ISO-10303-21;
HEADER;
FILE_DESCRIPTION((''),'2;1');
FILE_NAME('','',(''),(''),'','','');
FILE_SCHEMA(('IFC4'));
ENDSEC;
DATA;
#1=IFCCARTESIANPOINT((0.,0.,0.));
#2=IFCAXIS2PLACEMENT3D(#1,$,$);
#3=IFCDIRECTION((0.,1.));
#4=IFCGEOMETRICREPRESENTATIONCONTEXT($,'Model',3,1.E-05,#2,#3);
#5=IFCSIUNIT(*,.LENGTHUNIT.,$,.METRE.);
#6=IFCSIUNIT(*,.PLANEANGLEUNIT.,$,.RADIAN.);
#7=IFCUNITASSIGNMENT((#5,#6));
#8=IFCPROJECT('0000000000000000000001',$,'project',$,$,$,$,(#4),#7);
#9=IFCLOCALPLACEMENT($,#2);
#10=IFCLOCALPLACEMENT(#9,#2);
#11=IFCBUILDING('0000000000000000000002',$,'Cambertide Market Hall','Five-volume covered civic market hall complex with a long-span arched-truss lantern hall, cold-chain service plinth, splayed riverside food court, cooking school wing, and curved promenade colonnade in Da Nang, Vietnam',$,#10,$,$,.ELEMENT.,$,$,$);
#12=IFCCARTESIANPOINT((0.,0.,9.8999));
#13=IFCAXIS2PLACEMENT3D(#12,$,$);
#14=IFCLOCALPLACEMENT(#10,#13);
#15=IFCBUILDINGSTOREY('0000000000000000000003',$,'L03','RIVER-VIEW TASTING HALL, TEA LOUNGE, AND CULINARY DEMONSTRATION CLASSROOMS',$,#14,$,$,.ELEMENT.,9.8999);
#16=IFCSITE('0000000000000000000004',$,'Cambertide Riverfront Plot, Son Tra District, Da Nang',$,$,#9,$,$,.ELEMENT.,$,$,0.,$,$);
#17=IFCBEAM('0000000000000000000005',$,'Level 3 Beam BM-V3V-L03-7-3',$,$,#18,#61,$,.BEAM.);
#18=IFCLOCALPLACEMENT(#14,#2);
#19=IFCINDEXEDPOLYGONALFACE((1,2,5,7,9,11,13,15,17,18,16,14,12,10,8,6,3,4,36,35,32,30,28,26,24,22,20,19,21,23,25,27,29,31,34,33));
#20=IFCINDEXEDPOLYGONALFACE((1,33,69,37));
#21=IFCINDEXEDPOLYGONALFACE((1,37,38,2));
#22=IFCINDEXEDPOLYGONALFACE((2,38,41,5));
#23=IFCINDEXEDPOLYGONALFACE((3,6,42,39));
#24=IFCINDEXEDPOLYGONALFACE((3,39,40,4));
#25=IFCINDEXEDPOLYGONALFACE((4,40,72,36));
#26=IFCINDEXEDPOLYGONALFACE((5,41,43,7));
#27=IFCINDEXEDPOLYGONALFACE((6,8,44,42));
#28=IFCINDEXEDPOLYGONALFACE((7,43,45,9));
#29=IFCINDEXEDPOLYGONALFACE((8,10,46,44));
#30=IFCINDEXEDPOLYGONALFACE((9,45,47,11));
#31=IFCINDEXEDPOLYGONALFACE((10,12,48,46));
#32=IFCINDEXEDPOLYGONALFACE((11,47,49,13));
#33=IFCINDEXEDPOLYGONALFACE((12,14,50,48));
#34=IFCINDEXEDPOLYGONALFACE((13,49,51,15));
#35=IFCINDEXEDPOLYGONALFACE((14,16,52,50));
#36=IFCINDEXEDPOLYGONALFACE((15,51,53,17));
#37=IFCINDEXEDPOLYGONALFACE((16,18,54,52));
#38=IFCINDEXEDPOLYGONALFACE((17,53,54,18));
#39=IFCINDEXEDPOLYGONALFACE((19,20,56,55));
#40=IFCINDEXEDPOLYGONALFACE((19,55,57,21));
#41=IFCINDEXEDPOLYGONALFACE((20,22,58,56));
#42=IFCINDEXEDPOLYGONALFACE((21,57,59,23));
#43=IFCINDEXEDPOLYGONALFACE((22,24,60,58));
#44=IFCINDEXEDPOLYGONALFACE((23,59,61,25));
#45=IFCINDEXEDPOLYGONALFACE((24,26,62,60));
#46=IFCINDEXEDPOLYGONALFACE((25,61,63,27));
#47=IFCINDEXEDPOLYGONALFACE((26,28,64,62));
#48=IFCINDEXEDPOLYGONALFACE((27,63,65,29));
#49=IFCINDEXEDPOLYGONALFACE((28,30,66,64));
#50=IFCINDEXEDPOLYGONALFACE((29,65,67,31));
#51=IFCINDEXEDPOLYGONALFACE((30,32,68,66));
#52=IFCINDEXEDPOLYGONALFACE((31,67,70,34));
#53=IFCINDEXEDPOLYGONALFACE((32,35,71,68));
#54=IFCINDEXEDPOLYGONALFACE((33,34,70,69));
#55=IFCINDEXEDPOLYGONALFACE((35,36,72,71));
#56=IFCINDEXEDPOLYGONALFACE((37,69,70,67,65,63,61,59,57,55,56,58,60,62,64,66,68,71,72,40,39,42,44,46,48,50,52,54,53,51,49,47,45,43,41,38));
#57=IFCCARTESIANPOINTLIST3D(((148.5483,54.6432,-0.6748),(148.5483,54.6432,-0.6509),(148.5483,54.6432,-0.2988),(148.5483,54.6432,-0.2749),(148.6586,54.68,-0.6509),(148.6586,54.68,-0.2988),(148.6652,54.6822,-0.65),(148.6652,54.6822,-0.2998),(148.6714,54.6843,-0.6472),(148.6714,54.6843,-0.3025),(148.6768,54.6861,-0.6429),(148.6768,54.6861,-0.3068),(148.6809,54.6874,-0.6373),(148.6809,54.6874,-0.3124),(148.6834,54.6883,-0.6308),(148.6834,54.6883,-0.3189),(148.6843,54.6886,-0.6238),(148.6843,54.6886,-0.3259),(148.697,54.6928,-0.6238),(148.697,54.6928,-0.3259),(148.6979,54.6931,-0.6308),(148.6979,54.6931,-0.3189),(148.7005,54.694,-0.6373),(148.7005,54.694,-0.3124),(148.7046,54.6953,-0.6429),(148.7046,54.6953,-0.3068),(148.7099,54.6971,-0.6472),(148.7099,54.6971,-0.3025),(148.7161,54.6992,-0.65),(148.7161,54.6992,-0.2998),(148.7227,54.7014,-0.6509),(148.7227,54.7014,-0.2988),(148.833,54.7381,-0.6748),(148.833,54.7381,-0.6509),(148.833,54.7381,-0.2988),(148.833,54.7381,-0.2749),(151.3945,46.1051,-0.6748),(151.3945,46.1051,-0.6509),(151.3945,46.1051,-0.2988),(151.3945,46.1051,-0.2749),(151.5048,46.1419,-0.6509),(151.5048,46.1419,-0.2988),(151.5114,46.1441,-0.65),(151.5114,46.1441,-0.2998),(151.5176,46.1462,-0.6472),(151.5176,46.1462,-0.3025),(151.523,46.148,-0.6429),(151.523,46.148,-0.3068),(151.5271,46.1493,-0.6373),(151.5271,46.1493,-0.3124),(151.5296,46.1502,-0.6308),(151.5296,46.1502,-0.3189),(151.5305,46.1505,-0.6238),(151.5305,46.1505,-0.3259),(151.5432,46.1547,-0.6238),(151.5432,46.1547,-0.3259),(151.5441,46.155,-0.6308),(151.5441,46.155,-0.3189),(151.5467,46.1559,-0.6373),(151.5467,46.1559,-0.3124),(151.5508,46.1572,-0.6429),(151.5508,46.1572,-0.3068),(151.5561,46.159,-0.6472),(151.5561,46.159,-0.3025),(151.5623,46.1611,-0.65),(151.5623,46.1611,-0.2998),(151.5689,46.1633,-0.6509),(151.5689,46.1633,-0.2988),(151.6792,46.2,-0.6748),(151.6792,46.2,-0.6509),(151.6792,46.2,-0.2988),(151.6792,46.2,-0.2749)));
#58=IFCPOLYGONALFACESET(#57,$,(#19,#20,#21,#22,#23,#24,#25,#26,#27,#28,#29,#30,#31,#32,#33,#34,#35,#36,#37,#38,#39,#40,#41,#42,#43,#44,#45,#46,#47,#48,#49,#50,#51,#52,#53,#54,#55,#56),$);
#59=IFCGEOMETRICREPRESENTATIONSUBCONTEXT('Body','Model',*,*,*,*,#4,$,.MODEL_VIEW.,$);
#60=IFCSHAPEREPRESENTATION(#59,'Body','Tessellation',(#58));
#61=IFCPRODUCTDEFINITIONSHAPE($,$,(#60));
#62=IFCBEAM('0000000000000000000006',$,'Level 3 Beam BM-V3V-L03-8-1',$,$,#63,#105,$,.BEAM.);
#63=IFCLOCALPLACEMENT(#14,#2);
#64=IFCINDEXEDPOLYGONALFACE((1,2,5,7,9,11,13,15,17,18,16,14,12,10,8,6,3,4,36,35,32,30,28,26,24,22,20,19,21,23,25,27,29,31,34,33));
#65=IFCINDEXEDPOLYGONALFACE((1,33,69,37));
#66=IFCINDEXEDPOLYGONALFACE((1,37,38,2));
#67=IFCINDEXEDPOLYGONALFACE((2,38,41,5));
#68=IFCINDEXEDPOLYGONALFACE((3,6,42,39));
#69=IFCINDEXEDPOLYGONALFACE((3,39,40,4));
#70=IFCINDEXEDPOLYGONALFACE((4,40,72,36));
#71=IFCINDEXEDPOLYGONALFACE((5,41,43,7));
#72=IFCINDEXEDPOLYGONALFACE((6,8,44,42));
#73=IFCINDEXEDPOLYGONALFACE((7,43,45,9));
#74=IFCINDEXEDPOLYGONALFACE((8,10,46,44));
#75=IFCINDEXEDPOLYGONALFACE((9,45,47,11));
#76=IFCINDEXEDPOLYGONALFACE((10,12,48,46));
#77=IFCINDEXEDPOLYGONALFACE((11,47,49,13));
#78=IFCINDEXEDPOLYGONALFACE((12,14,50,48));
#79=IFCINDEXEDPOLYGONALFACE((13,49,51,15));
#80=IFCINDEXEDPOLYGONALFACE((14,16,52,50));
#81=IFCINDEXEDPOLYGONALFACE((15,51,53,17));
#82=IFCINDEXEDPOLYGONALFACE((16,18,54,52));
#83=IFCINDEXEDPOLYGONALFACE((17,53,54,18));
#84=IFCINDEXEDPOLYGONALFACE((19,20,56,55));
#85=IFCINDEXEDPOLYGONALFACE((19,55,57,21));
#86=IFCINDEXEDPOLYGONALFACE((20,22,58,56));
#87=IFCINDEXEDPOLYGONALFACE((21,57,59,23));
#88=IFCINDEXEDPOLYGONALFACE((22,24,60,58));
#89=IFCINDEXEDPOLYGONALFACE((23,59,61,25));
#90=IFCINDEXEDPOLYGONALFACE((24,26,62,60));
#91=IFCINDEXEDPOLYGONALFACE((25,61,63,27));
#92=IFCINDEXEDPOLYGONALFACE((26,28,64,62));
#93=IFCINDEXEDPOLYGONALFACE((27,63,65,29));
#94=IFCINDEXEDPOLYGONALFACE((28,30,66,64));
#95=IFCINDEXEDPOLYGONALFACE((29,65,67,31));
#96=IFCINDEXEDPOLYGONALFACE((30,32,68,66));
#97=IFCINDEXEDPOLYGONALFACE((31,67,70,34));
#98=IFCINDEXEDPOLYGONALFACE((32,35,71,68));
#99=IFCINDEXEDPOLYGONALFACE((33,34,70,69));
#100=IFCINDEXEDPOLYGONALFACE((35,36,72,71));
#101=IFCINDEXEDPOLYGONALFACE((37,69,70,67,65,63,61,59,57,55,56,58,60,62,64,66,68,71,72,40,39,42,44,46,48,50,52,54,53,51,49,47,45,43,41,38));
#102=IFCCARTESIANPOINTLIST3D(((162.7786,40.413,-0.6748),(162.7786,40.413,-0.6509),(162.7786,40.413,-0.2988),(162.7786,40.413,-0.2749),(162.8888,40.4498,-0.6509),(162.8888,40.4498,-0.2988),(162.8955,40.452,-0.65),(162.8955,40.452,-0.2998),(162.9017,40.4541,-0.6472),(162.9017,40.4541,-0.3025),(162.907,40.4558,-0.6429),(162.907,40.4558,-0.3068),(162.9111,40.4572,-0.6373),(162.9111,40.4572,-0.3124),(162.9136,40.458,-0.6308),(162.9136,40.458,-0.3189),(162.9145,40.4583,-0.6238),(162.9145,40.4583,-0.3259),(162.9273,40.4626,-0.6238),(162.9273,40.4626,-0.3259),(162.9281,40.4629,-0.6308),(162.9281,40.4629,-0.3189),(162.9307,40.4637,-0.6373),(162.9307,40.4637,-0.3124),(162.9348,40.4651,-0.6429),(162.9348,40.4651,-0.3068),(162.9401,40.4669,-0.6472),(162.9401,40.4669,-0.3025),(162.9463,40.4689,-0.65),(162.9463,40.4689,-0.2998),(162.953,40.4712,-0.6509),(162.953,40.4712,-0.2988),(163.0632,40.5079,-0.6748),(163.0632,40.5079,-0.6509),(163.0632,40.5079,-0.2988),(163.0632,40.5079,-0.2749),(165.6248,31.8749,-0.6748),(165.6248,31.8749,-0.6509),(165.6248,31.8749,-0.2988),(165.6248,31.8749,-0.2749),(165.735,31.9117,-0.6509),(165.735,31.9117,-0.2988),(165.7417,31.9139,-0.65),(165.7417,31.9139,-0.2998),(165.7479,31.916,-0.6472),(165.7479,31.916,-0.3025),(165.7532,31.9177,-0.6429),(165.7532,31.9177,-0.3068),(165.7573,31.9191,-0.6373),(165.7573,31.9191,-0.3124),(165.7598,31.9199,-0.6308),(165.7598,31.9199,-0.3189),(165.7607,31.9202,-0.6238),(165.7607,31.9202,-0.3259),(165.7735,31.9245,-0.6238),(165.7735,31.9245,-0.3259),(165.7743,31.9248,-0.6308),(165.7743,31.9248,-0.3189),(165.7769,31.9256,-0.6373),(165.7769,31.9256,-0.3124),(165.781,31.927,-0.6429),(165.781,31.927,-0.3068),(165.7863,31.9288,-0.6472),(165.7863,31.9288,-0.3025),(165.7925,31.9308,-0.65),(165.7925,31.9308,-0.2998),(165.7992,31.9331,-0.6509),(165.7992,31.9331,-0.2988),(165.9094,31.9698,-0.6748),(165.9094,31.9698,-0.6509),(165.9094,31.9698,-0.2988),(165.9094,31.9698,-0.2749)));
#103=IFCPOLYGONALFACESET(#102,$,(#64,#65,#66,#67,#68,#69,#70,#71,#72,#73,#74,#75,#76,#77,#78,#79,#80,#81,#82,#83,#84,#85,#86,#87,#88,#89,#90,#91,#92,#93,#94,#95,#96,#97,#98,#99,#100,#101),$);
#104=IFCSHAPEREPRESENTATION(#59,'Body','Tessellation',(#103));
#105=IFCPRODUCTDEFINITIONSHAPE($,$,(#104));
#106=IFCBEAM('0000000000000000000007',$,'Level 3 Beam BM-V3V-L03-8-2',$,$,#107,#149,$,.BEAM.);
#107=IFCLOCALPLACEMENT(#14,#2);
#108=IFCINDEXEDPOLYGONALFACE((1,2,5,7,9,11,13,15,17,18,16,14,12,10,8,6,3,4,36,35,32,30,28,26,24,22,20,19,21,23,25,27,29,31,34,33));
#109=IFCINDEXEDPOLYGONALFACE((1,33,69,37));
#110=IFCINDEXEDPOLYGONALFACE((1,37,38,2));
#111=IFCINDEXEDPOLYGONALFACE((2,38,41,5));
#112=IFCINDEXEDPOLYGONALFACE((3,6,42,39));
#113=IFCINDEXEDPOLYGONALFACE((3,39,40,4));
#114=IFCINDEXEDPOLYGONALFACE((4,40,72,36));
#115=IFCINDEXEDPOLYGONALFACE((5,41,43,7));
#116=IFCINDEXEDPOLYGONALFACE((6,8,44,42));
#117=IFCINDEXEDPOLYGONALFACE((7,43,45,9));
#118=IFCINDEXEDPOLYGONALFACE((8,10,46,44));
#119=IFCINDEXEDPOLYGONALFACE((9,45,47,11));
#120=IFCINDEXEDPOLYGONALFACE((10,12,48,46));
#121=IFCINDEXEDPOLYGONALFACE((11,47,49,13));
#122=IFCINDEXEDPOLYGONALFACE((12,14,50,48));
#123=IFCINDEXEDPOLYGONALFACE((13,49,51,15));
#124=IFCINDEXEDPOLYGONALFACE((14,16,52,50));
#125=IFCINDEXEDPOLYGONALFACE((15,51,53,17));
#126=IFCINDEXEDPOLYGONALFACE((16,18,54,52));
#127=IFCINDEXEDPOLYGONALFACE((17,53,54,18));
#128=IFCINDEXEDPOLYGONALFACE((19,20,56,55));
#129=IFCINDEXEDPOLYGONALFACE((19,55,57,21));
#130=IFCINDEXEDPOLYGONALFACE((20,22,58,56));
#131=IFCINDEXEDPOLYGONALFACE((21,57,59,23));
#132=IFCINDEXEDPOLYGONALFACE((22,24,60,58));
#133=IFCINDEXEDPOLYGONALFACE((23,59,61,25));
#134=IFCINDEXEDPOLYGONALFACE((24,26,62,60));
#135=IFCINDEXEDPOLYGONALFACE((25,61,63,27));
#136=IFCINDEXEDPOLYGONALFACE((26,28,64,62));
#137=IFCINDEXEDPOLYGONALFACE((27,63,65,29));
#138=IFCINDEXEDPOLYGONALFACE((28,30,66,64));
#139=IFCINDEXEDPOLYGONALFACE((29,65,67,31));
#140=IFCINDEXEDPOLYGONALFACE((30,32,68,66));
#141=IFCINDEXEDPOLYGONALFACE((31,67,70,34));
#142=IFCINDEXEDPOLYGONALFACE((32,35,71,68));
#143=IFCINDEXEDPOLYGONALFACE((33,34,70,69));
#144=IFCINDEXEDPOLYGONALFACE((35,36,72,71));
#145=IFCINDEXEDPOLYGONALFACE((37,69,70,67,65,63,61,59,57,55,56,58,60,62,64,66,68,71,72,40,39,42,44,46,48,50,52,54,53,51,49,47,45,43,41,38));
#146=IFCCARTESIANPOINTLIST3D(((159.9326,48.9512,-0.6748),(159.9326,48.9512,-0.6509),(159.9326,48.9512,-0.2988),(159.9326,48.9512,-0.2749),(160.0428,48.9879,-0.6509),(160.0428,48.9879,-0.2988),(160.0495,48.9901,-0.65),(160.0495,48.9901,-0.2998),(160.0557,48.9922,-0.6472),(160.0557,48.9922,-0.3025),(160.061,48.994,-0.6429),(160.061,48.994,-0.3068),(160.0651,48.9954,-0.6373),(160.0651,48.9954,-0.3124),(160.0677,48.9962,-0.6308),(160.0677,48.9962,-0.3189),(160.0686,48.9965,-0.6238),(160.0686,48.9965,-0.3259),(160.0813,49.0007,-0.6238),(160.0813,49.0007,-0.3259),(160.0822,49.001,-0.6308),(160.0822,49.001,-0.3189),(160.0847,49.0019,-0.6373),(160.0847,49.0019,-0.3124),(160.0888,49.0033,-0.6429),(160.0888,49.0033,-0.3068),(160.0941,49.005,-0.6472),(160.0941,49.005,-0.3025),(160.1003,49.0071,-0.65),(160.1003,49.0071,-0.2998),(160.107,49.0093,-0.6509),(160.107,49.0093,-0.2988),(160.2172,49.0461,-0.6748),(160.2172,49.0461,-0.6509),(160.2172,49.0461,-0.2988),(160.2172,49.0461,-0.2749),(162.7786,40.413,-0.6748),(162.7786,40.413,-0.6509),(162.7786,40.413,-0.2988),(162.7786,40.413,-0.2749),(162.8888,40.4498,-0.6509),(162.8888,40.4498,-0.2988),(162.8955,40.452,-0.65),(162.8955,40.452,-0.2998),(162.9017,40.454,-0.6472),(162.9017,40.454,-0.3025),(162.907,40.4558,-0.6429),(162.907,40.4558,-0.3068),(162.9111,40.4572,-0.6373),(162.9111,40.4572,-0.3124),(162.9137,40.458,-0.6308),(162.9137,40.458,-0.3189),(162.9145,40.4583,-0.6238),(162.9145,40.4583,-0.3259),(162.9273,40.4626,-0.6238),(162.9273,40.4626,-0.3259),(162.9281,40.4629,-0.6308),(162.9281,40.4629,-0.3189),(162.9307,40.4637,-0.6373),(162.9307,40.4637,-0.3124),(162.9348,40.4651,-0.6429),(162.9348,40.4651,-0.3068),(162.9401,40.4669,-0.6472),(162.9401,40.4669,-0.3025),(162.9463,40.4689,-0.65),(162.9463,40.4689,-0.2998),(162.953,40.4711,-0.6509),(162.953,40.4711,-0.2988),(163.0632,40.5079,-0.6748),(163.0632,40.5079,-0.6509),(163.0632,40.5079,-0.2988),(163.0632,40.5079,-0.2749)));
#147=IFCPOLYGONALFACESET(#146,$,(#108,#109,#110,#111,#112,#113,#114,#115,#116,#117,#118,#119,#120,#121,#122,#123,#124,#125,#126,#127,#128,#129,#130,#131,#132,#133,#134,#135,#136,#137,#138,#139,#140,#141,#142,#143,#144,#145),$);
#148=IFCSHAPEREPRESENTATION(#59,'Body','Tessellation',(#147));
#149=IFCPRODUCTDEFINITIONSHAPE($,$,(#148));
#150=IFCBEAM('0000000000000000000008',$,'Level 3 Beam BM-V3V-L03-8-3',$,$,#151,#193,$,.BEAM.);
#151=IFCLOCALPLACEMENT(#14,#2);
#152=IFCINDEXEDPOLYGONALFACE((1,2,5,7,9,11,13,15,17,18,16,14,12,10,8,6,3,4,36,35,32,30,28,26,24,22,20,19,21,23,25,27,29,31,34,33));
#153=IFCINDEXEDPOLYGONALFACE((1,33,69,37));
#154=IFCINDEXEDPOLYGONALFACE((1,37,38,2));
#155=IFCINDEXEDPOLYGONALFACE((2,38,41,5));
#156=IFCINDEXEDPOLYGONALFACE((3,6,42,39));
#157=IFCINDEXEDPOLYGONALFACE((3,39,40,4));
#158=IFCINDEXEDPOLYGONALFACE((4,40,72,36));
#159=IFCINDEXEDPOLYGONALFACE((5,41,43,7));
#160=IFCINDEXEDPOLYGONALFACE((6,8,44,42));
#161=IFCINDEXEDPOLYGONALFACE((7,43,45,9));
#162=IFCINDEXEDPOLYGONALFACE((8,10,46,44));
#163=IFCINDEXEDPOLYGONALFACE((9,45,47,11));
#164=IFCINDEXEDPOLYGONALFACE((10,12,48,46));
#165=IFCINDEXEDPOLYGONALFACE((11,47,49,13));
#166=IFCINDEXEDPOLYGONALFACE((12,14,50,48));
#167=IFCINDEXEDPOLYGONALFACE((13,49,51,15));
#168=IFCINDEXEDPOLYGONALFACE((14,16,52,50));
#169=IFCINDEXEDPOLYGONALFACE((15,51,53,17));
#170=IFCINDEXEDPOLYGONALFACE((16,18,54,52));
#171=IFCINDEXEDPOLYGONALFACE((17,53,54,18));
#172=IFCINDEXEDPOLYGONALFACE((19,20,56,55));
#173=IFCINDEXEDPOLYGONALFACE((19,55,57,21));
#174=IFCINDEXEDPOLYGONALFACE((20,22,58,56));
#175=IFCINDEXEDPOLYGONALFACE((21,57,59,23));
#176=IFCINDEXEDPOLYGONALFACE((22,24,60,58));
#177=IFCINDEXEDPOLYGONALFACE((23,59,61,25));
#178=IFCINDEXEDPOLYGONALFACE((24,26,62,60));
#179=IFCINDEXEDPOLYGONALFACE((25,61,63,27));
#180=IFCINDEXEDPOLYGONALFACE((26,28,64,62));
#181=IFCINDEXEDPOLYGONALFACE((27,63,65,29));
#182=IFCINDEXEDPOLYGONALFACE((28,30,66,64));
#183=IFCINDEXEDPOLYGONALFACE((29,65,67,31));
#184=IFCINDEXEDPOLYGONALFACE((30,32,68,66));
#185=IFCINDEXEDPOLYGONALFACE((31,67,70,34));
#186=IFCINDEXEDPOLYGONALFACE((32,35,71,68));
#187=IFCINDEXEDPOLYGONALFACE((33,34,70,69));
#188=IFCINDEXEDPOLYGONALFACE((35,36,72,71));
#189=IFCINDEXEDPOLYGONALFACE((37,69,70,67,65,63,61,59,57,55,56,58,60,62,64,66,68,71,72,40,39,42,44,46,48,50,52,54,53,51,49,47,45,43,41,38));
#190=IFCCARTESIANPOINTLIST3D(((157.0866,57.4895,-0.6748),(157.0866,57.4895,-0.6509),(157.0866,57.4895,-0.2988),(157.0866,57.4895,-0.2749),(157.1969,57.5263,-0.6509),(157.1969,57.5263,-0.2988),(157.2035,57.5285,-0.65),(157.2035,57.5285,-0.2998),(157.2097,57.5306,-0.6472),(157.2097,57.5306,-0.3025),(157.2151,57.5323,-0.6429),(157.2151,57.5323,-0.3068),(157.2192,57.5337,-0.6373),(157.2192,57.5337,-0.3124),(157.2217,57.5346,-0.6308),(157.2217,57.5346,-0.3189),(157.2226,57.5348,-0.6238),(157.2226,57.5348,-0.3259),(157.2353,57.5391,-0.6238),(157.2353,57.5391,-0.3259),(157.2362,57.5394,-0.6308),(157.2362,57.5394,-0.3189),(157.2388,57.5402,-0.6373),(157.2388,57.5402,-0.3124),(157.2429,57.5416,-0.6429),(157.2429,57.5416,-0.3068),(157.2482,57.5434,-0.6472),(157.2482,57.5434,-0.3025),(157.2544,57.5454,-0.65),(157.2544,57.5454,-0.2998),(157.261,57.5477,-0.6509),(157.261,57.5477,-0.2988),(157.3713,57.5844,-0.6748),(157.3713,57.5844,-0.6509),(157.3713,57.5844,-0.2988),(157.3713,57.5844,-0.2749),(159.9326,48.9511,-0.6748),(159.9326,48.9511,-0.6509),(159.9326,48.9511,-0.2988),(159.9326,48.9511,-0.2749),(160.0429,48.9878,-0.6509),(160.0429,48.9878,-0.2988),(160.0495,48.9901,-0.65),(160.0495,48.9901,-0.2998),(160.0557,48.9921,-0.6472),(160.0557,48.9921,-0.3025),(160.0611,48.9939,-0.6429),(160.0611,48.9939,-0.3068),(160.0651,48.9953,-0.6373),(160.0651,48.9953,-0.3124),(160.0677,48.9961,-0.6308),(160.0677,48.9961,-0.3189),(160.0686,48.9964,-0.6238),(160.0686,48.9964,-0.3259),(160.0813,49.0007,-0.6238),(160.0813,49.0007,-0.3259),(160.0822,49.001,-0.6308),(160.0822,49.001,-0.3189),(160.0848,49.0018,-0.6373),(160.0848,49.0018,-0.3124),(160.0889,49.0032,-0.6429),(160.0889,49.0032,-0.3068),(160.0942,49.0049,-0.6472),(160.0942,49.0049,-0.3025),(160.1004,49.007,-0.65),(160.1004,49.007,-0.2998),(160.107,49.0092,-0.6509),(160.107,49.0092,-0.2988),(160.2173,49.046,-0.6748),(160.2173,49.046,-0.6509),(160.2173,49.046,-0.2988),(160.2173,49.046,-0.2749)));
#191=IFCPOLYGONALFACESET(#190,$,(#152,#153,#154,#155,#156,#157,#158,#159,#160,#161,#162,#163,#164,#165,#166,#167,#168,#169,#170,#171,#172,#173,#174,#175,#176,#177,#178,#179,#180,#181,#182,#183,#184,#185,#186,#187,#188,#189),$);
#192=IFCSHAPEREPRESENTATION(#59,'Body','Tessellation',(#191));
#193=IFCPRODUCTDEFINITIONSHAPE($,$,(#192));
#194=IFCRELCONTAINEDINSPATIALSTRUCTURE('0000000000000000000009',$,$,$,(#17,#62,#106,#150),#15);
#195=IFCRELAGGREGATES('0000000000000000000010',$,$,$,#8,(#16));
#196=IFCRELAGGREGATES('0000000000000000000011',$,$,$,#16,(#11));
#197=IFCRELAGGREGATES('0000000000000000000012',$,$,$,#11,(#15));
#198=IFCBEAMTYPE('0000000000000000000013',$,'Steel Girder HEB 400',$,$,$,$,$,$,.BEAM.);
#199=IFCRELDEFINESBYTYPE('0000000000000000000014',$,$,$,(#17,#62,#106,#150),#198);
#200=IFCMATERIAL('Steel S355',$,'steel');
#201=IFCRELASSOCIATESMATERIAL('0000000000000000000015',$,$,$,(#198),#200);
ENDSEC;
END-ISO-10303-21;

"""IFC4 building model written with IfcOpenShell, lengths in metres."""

from ifc_helpers import new_model, si_unit, direction, frame, origin, origin_2d, place, context, subcontext, project, spatial, i_section, extrude, material, material_profile, profile_set, type_object, element, save


model = new_model("IFC4")

# Units and contexts
model_context = context("Model", 3, precision=1e-05, world=origin(), true_north=direction((0.0, 1.0)))
body_context = subcontext(model_context, "Body", "Model", "MODEL_VIEW")
ifc_project = project(units=[si_unit("LENGTHUNIT", "METRE"), si_unit("PLANEANGLEUNIT", "RADIAN")], contexts=[model_context])

# Site, building, storey
site_placement = place(None, origin())
site = spatial("IfcSite", under=ifc_project, at=site_placement, Name="Cambertide Riverfront Plot, Son Tra District, Da Nang", CompositionType="ELEMENT", RefElevation=0.0)
building_placement = place(site_placement, origin())
building = spatial("IfcBuilding", under=site, at=building_placement, Name="Cambertide Market Hall", Description="Five-volume covered civic market hall complex with a long-span arched-truss lantern hall, cold-chain service plinth, splayed riverside food court, cooking school wing, and curved promenade colonnade in Da Nang, Vietnam", CompositionType="ELEMENT")
storey_placement = place(building_placement, frame((0.0, 0.0, 9.8999)))
storey = spatial("IfcBuildingStorey", under=building, at=storey_placement, Name="L03", Description="RIVER-VIEW TASTING HALL, TEA LOUNGE, AND CULINARY DEMONSTRATION CLASSROOMS", CompositionType="ELEMENT", Elevation=9.8999)

# Beams
ifc_material_1 = material(Name="Steel S355", Category="steel")
ifc_material_profile_1 = material_profile(ifc_material_1, i_section(OverallWidth=0.3, OverallDepth=0.3999, WebThickness=0.0134, FlangeThickness=0.0239, FilletRadius=0.0271, at=origin_2d()), Name="HEB 400")
ifc_profile_set_1 = profile_set([ifc_material_profile_1], Name="Steel S355")
beam_type_1 = type_object("IfcBeamType", Name="Steel Girder HEB 400", PredefinedType="BEAM", material=ifc_profile_set_1)
for number, where, z_axis, x_axis, name in (
    (1, (151.5369, 46.1526, -0.4749), (-0.316244, 0.948678, 0.0), (-0.948678, -0.316244, 0.0), "Level 3 Beam BM-V3V-L03-7-3"),
    (2, (165.7671, 31.9224, -0.4749), (-0.316244, 0.948678, 0.0), (-0.948678, -0.316244, 0.0), "Level 3 Beam BM-V3V-L03-8-1"),
    (3, (162.9209, 40.4604, -0.4749), (-0.31622, 0.948686, 0.0), (-0.948686, -0.31622, 0.0), "Level 3 Beam BM-V3V-L03-8-2"),
):
    element("IfcBeam", number, at=place(storey_placement, frame(where, z_axis=z_axis, x_axis=x_axis)), inside=storey, type_object=beam_type_1, Name=name, PredefinedType="BEAM", context=body_context, shape_type="SweptSolid", body=[
        extrude(i_section(OverallWidth=0.3, OverallDepth=0.3999, WebThickness=0.0134, FlangeThickness=0.0239, FilletRadius=0.0271, at=origin_2d()), origin(), (0.0, 0.0, 1.0), 9.0),
    ])
beam_1_placement = place(storey_placement, frame((160.075, 48.9985, -0.4749), z_axis=(-0.316211, 0.948689, 0.0), x_axis=(-0.948689, -0.316211, 0.0)))
element("IfcBeam", 4, at=beam_1_placement, inside=storey, type_object=beam_type_1, Name="Level 3 Beam BM-V3V-L03-8-3", PredefinedType="BEAM", context=body_context, shape_type="SweptSolid", body=[
    extrude(i_section(OverallWidth=0.3, OverallDepth=0.3999, WebThickness=0.0134, FlangeThickness=0.0239, FilletRadius=0.0271, at=origin_2d()), origin(), (0.0, 0.0, 1.0), 9.0002),
])

save(model, "model.ifc")
